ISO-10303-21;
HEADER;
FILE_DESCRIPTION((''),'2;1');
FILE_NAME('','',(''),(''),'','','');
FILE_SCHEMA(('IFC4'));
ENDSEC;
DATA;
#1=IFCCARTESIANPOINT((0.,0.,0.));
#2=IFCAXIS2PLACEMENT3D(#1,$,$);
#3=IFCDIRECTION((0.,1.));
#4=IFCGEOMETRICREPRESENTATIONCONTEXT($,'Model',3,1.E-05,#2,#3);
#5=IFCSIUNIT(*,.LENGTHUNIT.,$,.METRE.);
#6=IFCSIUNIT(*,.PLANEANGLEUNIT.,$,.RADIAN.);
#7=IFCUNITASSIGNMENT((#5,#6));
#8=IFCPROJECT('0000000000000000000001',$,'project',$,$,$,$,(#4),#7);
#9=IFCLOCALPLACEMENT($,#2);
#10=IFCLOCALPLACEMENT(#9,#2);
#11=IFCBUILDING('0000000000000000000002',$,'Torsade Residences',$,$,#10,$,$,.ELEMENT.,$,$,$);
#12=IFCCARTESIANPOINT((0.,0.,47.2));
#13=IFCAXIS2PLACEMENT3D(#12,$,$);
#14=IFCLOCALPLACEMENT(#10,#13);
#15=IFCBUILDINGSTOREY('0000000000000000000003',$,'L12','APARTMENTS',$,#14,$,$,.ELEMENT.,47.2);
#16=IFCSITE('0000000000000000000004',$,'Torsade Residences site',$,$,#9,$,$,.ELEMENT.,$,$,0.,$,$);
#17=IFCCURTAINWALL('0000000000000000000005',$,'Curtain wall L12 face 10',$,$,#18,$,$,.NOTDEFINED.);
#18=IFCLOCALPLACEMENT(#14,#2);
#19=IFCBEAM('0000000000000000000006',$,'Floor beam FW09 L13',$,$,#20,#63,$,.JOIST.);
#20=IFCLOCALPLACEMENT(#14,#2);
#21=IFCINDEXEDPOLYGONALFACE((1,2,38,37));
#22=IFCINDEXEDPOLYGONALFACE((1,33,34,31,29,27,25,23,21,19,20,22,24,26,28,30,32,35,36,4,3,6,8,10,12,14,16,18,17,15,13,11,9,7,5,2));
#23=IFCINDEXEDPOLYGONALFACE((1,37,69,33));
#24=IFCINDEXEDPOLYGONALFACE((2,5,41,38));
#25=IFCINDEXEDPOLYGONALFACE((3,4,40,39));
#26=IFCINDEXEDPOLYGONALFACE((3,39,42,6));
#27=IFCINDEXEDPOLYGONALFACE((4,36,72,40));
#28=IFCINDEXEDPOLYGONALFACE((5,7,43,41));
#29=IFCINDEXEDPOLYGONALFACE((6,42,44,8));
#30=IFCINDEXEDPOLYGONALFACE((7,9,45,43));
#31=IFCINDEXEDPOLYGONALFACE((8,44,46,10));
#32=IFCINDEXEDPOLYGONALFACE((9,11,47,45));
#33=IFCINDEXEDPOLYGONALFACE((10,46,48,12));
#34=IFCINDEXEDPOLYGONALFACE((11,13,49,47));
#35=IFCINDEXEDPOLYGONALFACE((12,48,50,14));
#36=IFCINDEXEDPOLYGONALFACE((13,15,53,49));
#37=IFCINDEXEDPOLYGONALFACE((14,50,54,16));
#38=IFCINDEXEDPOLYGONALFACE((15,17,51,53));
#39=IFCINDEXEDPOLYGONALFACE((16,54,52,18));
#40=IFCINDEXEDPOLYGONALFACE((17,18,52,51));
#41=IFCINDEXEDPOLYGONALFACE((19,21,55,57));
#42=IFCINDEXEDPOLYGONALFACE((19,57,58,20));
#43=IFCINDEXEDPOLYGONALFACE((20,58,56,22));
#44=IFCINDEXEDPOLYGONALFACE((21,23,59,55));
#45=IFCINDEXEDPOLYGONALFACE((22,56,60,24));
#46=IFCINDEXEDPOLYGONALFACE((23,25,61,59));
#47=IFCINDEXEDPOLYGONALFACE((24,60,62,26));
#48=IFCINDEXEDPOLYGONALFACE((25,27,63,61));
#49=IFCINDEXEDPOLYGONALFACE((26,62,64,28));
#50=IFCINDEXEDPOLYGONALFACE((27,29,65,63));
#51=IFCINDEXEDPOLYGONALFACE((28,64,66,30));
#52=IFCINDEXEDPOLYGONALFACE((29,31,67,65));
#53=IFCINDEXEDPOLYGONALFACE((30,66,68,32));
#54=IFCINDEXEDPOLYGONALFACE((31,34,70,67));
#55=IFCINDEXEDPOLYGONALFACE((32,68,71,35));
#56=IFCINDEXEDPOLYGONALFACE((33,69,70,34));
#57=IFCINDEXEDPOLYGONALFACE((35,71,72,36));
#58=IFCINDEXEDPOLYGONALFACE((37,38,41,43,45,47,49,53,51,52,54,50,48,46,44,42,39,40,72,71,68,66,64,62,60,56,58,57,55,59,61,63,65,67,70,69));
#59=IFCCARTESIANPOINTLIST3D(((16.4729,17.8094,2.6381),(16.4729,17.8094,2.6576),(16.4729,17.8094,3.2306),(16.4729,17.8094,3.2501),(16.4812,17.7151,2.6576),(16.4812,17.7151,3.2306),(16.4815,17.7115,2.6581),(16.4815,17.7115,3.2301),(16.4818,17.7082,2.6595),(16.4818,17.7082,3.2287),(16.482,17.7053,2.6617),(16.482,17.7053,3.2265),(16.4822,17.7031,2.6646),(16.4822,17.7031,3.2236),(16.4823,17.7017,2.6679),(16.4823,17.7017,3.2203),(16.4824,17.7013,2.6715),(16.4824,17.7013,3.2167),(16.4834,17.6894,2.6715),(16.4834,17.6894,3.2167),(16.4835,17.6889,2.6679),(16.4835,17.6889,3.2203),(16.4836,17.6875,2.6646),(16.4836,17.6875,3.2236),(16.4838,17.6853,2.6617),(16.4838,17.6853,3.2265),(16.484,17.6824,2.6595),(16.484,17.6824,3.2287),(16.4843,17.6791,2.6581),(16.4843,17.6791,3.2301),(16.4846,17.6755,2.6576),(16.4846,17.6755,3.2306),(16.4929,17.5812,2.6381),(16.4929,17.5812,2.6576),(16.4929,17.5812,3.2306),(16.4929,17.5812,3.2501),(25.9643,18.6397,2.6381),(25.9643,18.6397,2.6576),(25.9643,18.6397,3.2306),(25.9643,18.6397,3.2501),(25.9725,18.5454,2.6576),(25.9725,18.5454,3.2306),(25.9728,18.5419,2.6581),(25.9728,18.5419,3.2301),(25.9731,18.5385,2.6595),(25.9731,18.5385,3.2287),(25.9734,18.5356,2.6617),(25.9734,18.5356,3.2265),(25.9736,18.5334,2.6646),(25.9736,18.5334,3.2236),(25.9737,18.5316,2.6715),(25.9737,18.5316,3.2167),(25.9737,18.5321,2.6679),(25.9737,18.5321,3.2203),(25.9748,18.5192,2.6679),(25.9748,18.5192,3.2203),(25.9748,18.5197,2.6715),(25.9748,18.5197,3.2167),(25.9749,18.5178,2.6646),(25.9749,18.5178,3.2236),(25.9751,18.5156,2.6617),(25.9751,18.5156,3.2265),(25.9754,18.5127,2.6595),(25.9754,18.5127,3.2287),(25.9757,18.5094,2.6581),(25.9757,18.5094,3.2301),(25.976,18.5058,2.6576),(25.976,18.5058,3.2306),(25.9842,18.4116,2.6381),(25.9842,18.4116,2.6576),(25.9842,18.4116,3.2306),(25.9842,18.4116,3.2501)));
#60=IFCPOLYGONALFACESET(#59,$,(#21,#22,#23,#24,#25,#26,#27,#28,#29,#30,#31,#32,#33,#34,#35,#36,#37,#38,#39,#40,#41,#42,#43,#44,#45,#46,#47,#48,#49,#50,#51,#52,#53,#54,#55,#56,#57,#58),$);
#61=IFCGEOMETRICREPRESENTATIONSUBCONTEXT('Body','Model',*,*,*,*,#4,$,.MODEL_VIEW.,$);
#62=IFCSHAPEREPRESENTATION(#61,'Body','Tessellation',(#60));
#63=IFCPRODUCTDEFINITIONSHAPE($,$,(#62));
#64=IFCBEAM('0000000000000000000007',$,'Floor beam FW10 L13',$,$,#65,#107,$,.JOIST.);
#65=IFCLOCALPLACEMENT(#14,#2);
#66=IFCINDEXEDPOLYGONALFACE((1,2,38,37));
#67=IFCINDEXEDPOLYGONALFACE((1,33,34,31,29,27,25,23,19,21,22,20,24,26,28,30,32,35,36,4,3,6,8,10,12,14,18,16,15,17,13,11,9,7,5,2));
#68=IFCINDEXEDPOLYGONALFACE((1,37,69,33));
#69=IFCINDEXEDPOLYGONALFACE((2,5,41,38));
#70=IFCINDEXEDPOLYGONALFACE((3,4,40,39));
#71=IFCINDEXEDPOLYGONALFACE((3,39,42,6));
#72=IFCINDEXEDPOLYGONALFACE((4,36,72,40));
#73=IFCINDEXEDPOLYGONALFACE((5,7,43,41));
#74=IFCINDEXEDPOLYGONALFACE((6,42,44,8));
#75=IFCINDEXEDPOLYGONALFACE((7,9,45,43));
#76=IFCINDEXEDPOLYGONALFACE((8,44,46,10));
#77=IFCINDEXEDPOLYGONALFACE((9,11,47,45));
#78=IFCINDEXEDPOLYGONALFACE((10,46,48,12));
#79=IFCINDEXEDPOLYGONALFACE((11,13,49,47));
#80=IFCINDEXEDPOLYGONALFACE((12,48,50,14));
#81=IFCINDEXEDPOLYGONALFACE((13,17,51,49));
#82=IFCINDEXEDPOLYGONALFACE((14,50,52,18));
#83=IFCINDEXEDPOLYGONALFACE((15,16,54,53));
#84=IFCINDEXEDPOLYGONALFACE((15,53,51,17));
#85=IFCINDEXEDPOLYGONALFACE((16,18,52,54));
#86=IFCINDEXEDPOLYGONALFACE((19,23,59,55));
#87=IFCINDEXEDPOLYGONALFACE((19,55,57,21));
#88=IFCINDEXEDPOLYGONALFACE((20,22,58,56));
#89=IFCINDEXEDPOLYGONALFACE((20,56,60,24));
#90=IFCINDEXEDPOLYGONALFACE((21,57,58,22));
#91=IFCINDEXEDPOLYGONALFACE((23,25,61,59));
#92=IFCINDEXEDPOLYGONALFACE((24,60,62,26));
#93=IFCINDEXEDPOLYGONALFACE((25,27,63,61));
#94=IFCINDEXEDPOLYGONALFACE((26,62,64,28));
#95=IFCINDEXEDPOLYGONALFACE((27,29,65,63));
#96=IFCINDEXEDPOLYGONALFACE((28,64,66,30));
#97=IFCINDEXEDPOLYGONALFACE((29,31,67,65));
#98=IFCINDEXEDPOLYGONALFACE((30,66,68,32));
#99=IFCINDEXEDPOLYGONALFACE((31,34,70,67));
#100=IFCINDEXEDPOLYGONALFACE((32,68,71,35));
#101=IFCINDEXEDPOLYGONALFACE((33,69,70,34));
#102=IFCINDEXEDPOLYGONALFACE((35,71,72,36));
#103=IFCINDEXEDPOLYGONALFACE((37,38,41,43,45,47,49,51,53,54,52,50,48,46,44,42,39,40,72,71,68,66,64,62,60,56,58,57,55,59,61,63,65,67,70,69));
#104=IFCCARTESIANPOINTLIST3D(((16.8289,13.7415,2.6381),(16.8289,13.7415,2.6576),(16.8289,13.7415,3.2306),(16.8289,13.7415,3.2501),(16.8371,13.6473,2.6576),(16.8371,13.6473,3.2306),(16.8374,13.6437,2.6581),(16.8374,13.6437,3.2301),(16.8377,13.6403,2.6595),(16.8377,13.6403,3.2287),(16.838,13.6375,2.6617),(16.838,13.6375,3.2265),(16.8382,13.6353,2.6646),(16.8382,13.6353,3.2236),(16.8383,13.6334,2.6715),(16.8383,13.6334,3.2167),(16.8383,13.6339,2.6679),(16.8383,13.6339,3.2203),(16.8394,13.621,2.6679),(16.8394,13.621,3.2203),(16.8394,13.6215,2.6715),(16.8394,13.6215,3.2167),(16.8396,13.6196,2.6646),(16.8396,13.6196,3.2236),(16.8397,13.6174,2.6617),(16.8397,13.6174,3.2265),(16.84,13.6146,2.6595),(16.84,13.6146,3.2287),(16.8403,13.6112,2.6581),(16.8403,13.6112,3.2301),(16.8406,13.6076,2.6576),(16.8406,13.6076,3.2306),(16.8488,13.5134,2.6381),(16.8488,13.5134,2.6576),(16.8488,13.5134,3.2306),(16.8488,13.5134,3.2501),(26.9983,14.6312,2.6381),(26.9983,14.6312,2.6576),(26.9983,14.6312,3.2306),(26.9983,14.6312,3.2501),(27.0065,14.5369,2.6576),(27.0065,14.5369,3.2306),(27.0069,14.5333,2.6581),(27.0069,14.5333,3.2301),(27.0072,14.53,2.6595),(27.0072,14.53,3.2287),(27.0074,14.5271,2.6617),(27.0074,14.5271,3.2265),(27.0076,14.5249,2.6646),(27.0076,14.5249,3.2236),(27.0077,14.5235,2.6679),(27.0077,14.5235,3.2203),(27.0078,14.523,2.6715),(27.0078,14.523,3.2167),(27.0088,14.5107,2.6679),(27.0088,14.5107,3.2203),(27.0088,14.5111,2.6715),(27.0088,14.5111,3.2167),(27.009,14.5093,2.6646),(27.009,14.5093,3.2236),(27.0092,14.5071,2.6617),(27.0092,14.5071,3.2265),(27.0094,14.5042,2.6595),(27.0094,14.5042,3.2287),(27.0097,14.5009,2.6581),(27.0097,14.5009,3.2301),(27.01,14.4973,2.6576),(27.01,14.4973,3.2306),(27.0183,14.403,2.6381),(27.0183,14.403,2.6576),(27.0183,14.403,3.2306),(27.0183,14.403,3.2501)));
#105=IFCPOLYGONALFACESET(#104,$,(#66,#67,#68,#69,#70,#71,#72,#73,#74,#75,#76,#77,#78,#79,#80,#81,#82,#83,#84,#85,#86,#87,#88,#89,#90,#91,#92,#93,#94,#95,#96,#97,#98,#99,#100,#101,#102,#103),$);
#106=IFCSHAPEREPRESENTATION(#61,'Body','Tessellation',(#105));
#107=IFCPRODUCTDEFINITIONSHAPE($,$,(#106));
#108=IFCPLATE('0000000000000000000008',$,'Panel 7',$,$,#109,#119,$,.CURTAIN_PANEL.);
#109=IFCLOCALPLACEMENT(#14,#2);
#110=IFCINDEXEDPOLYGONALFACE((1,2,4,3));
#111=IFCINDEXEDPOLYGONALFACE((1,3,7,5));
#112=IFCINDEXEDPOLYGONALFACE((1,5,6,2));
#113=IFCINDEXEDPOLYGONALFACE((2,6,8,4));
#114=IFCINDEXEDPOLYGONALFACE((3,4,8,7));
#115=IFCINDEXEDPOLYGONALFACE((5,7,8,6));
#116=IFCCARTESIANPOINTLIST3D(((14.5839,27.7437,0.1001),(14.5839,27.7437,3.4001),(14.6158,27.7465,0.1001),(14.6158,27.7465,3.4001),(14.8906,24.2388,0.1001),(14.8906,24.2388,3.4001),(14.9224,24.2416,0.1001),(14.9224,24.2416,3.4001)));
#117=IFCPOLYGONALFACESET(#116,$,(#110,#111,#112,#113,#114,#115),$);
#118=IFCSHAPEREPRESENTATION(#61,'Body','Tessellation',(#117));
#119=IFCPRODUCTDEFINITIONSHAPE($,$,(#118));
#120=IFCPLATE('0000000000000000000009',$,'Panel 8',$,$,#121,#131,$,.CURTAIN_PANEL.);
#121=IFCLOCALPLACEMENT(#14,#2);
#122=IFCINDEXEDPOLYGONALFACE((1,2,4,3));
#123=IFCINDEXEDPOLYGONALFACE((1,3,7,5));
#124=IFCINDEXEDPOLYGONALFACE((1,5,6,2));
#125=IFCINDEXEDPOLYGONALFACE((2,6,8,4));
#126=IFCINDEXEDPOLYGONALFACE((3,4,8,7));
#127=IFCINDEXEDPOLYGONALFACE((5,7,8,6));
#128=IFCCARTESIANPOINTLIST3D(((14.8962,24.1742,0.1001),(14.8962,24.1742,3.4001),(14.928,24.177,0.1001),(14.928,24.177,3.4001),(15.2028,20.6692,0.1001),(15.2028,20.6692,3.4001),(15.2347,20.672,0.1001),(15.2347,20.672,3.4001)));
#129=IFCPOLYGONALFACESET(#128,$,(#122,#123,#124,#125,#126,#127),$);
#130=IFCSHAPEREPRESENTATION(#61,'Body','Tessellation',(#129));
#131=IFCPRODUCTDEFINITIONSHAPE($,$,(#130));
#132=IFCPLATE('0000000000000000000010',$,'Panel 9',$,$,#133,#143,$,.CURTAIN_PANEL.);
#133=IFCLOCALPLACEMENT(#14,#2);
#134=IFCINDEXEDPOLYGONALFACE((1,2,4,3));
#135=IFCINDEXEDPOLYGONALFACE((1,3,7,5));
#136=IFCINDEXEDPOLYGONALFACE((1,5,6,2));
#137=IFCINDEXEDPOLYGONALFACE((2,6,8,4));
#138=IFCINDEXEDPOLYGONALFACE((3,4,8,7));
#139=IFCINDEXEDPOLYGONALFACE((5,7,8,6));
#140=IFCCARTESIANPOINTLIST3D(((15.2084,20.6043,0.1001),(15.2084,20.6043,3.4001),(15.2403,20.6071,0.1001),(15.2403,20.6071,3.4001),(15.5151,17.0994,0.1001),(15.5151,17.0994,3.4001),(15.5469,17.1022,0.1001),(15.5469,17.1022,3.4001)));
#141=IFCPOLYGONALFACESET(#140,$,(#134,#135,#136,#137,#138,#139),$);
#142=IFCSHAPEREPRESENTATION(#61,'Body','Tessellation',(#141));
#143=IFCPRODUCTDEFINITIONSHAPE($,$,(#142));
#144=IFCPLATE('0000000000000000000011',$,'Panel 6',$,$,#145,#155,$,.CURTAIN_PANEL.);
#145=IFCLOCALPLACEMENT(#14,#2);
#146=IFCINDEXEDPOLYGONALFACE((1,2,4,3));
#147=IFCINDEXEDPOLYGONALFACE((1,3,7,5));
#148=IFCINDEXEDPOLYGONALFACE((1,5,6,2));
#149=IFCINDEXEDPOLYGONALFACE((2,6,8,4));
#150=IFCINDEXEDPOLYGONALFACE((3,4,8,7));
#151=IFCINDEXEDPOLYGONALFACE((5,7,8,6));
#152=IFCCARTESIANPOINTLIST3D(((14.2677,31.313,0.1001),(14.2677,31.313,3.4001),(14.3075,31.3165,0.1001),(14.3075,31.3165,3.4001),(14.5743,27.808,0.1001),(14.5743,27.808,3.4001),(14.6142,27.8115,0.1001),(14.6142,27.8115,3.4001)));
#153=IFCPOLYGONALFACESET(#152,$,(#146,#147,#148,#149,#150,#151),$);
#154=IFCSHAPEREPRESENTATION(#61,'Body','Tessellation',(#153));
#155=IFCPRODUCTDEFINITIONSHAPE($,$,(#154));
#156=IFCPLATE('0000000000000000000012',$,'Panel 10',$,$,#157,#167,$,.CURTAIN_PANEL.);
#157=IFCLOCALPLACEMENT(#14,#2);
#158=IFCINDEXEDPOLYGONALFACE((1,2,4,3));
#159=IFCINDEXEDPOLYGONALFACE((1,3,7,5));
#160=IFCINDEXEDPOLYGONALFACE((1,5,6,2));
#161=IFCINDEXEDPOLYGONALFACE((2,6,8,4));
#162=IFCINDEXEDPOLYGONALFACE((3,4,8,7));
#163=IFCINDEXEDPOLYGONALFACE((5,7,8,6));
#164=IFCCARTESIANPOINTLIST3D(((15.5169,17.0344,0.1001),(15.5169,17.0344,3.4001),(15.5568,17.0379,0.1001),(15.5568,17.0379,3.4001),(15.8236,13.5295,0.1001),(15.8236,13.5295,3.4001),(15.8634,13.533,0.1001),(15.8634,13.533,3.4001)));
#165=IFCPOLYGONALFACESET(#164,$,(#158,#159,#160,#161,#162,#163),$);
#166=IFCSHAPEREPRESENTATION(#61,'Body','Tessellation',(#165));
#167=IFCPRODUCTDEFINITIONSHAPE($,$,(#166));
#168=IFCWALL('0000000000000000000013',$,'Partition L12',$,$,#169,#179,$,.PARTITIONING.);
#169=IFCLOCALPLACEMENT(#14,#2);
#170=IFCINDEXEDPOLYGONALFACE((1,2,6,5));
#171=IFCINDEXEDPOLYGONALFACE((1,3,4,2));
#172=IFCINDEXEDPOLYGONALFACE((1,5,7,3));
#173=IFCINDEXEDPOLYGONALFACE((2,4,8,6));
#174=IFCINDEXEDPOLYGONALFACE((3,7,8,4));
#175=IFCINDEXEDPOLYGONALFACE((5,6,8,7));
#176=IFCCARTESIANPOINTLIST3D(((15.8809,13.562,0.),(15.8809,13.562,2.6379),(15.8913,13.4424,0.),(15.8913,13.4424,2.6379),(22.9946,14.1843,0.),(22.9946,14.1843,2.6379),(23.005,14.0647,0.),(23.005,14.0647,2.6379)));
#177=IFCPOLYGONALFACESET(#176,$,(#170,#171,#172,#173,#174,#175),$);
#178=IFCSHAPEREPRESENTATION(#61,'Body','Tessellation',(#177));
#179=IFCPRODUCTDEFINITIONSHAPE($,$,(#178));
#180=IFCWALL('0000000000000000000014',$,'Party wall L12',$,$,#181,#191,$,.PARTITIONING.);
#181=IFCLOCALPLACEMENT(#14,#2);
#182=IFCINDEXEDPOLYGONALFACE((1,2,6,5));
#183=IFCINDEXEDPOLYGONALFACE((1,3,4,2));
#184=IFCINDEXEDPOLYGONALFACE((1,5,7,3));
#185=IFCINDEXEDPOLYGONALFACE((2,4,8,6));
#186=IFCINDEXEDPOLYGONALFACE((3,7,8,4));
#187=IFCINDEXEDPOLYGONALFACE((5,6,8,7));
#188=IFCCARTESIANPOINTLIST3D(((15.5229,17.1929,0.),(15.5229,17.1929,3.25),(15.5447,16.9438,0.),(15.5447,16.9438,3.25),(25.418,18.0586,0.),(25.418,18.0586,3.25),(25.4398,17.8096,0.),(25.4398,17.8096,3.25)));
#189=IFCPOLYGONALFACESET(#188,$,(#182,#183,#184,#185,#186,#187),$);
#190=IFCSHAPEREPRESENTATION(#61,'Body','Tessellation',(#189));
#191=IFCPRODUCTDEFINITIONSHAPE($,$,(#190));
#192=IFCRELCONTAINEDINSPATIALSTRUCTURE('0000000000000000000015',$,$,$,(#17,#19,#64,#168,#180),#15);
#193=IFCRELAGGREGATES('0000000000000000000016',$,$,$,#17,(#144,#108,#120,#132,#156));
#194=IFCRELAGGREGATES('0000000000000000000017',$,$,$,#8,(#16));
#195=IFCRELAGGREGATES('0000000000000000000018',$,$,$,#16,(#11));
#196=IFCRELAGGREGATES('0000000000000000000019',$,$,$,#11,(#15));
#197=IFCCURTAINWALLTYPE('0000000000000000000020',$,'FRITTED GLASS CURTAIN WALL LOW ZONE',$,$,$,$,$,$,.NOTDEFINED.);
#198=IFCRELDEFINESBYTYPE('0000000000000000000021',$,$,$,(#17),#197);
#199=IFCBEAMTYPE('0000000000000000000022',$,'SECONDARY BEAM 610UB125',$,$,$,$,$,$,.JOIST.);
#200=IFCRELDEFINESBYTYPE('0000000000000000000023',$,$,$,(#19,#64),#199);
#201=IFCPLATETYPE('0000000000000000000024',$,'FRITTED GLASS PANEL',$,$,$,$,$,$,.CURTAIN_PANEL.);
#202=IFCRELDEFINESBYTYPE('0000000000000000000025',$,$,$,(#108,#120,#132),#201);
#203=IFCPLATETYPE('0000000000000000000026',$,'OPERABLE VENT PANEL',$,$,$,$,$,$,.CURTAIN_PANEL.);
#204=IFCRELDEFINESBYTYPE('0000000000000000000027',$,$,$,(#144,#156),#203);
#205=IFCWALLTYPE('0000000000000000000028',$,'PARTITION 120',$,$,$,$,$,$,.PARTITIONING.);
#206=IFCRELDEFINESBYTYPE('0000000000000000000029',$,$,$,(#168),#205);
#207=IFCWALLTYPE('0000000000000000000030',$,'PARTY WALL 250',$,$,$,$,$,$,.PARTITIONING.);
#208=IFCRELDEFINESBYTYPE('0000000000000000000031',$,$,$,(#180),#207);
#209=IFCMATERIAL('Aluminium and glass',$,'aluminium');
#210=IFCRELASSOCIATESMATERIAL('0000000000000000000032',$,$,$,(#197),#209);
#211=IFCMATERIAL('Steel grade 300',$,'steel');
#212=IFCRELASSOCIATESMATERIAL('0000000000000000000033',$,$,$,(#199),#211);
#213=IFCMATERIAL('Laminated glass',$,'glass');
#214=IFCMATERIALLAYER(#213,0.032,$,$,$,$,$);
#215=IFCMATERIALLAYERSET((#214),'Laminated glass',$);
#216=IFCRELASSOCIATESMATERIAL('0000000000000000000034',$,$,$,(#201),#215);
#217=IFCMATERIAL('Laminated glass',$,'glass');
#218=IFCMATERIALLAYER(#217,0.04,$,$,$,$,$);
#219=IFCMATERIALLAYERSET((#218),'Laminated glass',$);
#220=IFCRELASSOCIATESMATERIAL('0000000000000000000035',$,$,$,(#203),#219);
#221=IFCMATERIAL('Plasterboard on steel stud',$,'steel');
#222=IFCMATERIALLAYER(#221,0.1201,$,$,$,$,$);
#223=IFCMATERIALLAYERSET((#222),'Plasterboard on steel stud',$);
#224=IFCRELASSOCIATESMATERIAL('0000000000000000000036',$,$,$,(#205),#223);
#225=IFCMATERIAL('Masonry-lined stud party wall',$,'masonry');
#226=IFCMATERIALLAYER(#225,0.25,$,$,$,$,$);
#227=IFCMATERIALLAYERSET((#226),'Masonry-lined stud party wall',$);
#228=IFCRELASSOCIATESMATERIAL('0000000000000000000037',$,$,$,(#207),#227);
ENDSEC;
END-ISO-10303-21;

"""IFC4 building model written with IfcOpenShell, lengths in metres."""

from ifc_helpers import new_model, si_unit, direction, frame, frame_2d, origin, origin_2d, place, context, subcontext, project, spatial, rectangle, i_section, extrude, material, layer, layer_set, material_profile, profile_set, type_object, element, aggregate, save


model = new_model("IFC4")

# Units and contexts
model_context = context("Model", 3, precision=1e-05, world=origin(), true_north=direction((0.0, 1.0)))
body_context = subcontext(model_context, "Body", "Model", "MODEL_VIEW")
ifc_project = project(units=[si_unit("LENGTHUNIT", "METRE"), si_unit("PLANEANGLEUNIT", "RADIAN")], contexts=[model_context])

# Site, building, storey
site_placement = place(None, origin())
site = spatial("IfcSite", under=ifc_project, at=site_placement, Name="Torsade Residences site", CompositionType="ELEMENT", RefElevation=0.0)
building_placement = place(site_placement, origin())
building = spatial("IfcBuilding", under=site, at=building_placement, Name="Torsade Residences", CompositionType="ELEMENT")
storey_placement = place(building_placement, frame((0.0, 0.0, 47.2)))
storey = spatial("IfcBuildingStorey", under=building, at=storey_placement, Name="L12", Description="APARTMENTS", CompositionType="ELEMENT", Elevation=47.2)

# Curtain wall
ifc_material_1 = material(Name="Aluminium and glass", Category="aluminium")
curtain_wall_type = type_object("IfcCurtainWallType", Name="FRITTED GLASS CURTAIN WALL LOW ZONE", PredefinedType="NOTDEFINED", material=ifc_material_1)
curtain_wall_placement = place(storey_placement, origin())
curtain_wall = element("IfcCurtainWall", 1, at=curtain_wall_placement, inside=storey, type_object=curtain_wall_type, Name="Curtain wall L12 face 10", PredefinedType="NOTDEFINED")

# Beams
ifc_material_2 = material(Name="Steel grade 300", Category="steel")
ifc_material_profile_1 = material_profile(ifc_material_2, i_section(OverallWidth=0.229, OverallDepth=0.6121, WebThickness=0.012, FlangeThickness=0.0195, FilletRadius=0.0139, at=origin_2d()), Name="610UB125")
ifc_profile_set_1 = profile_set([ifc_material_profile_1], Name="Steel grade 300")
beam_type_1 = type_object("IfcBeamType", Name="SECONDARY BEAM 610UB125", PredefinedType="JOIST", material=ifc_profile_set_1)
beam_1_placement = place(storey_placement, frame((16.4829, 17.6953, 2.9441), z_axis=(0.996195, 0.087148, 0.0), x_axis=(-0.087148, 0.996195, 0.0)))
element("IfcBeam", 2, at=beam_1_placement, inside=storey, type_object=beam_type_1, Name="Floor beam FW09 L13", PredefinedType="JOIST", context=body_context, shape_type="SweptSolid", body=[
    extrude(i_section(OverallWidth=0.229, OverallDepth=0.6121, WebThickness=0.012, FlangeThickness=0.0195, FilletRadius=0.0139, at=origin_2d()), origin(), (0.0, 0.0, 1.0), 9.5276),
])
beam_2_placement = place(storey_placement, frame((16.8389, 13.6274, 2.9441), z_axis=(0.996195, 0.08715, 0.0), x_axis=(-0.08715, 0.996195, 0.0)))
element("IfcBeam", 3, at=beam_2_placement, inside=storey, type_object=beam_type_1, Name="Floor beam FW10 L13", PredefinedType="JOIST", context=body_context, shape_type="SweptSolid", body=[
    extrude(i_section(OverallWidth=0.229, OverallDepth=0.6121, WebThickness=0.012, FlangeThickness=0.0195, FilletRadius=0.0139, at=origin_2d()), origin(), (0.0, 0.0, 1.0), 10.2083),
])

# Plates
ifc_material_3 = material(Name="Laminated glass", Category="glass")
ifc_layer_1 = layer(ifc_material_3, 0.032)
ifc_layer_set_1 = layer_set([ifc_layer_1], Name="Laminated glass")
plate_type_1 = type_object("IfcPlateType", Name="FRITTED GLASS PANEL", PredefinedType="CURTAIN_PANEL", material=ifc_layer_set_1)
plate_1_placement = place(storey_placement, frame((14.7532, 25.9927, 0.1001), z_axis=(0.0, 0.0, 1.0), x_axis=(0.087156, -0.996195, 0.0)))
plate_1 = element("IfcPlate", 4, at=plate_1_placement, type_object=plate_type_1, Name="Panel 7", PredefinedType="CURTAIN_PANEL", context=body_context, shape_type="SweptSolid", body=[
    extrude(rectangle(XDim=3.5183, YDim=0.032, at=origin_2d()), origin(), (0.0, 0.0, 1.0), 3.3),
])
plate_2_placement = place(storey_placement, frame((15.0654, 22.4231, 0.1001), z_axis=(0.0, 0.0, 1.0), x_axis=(0.087156, -0.996195, 0.0)))
plate_2 = element("IfcPlate", 5, at=plate_2_placement, type_object=plate_type_1, Name="Panel 8", PredefinedType="CURTAIN_PANEL", context=body_context, shape_type="SweptSolid", body=[
    extrude(rectangle(XDim=3.5183, YDim=0.032, at=origin_2d()), origin(), (0.0, 0.0, 1.0), 3.3),
])
plate_3_placement = place(storey_placement, frame((15.3777, 18.8533, 0.1001), z_axis=(0.0, 0.0, 1.0), x_axis=(0.087156, -0.996195, 0.0)))
plate_3 = element("IfcPlate", 6, at=plate_3_placement, type_object=plate_type_1, Name="Panel 9", PredefinedType="CURTAIN_PANEL", context=body_context, shape_type="SweptSolid", body=[
    extrude(rectangle(XDim=3.5183, YDim=0.032, at=origin_2d()), origin(), (0.0, 0.0, 1.0), 3.3),
])
ifc_material_4 = material(Name="Laminated glass", Category="glass")
ifc_layer_2 = layer(ifc_material_4, 0.04)
ifc_layer_set_2 = layer_set([ifc_layer_2], Name="Laminated glass")
plate_type_2 = type_object("IfcPlateType", Name="OPERABLE VENT PANEL", PredefinedType="CURTAIN_PANEL", material=ifc_layer_set_2)
plate_4_placement = place(storey_placement, frame((14.4409, 29.5623, 0.1001), z_axis=(0.0, 0.0, 1.0), x_axis=(0.087156, -0.996195, 0.0)))
plate_4 = element("IfcPlate", 7, at=plate_4_placement, type_object=plate_type_2, Name="Panel 6", PredefinedType="CURTAIN_PANEL", context=body_context, shape_type="SweptSolid", body=[
    extrude(rectangle(XDim=3.5183, YDim=0.04, at=origin_2d()), origin(), (0.0, 0.0, 1.0), 3.3),
])
plate_5_placement = place(storey_placement, frame((15.6902, 15.2837, 0.1001), z_axis=(0.0, 0.0, 1.0), x_axis=(0.087156, -0.996195, 0.0)))
plate_5 = element("IfcPlate", 8, at=plate_5_placement, type_object=plate_type_2, Name="Panel 10", PredefinedType="CURTAIN_PANEL", context=body_context, shape_type="SweptSolid", body=[
    extrude(rectangle(XDim=3.5183, YDim=0.04, at=origin_2d()), origin(), (0.0, 0.0, 1.0), 3.3),
])
aggregate(curtain_wall, [plate_4, plate_1, plate_2, plate_3, plate_5])

# Walls
ifc_material_5 = material(Name="Plasterboard on steel stud", Category="steel")
ifc_layer_3 = layer(ifc_material_5, 0.1201)
ifc_layer_set_3 = layer_set([ifc_layer_3], Name="Plasterboard on steel stud")
wall_type_1 = type_object("IfcWallType", Name="PARTITION 120", PredefinedType="PARTITIONING", material=ifc_layer_set_3)
wall_1_placement = place(storey_placement, frame((15.8862, 13.5022, 0.0), z_axis=(0.0, 0.0, 1.0), x_axis=(0.996195, 0.087147, 0.0)))
element("IfcWall", 9, at=wall_1_placement, inside=storey, type_object=wall_type_1, Name="Partition L12", PredefinedType="PARTITIONING", context=body_context, shape_type="SweptSolid", body=[
    extrude(rectangle(XDim=7.1409, YDim=0.1201, at=frame_2d((3.5703, 0.0))), origin(), (0.0, 0.0, 1.0), 2.6379),
])
ifc_material_6 = material(Name="Masonry-lined stud party wall", Category="masonry")
ifc_layer_4 = layer(ifc_material_6, 0.25)
ifc_layer_set_4 = layer_set([ifc_layer_4], Name="Masonry-lined stud party wall")
wall_type_2 = type_object("IfcWallType", Name="PARTY WALL 250", PredefinedType="PARTITIONING", material=ifc_layer_set_4)
wall_2_placement = place(storey_placement, frame((15.5339, 17.0684, 0.0), z_axis=(0.0, 0.0, 1.0), x_axis=(0.996195, 0.087158, 0.0)))
element("IfcWall", 10, at=wall_2_placement, inside=storey, type_object=wall_type_2, Name="Party wall L12", PredefinedType="PARTITIONING", context=body_context, shape_type="SweptSolid", body=[
    extrude(rectangle(XDim=9.9329, YDim=0.25, at=frame_2d((4.9663, 0.0))), origin(), (0.0, 0.0, 1.0), 3.25),
])

save(model, "model.ifc")
